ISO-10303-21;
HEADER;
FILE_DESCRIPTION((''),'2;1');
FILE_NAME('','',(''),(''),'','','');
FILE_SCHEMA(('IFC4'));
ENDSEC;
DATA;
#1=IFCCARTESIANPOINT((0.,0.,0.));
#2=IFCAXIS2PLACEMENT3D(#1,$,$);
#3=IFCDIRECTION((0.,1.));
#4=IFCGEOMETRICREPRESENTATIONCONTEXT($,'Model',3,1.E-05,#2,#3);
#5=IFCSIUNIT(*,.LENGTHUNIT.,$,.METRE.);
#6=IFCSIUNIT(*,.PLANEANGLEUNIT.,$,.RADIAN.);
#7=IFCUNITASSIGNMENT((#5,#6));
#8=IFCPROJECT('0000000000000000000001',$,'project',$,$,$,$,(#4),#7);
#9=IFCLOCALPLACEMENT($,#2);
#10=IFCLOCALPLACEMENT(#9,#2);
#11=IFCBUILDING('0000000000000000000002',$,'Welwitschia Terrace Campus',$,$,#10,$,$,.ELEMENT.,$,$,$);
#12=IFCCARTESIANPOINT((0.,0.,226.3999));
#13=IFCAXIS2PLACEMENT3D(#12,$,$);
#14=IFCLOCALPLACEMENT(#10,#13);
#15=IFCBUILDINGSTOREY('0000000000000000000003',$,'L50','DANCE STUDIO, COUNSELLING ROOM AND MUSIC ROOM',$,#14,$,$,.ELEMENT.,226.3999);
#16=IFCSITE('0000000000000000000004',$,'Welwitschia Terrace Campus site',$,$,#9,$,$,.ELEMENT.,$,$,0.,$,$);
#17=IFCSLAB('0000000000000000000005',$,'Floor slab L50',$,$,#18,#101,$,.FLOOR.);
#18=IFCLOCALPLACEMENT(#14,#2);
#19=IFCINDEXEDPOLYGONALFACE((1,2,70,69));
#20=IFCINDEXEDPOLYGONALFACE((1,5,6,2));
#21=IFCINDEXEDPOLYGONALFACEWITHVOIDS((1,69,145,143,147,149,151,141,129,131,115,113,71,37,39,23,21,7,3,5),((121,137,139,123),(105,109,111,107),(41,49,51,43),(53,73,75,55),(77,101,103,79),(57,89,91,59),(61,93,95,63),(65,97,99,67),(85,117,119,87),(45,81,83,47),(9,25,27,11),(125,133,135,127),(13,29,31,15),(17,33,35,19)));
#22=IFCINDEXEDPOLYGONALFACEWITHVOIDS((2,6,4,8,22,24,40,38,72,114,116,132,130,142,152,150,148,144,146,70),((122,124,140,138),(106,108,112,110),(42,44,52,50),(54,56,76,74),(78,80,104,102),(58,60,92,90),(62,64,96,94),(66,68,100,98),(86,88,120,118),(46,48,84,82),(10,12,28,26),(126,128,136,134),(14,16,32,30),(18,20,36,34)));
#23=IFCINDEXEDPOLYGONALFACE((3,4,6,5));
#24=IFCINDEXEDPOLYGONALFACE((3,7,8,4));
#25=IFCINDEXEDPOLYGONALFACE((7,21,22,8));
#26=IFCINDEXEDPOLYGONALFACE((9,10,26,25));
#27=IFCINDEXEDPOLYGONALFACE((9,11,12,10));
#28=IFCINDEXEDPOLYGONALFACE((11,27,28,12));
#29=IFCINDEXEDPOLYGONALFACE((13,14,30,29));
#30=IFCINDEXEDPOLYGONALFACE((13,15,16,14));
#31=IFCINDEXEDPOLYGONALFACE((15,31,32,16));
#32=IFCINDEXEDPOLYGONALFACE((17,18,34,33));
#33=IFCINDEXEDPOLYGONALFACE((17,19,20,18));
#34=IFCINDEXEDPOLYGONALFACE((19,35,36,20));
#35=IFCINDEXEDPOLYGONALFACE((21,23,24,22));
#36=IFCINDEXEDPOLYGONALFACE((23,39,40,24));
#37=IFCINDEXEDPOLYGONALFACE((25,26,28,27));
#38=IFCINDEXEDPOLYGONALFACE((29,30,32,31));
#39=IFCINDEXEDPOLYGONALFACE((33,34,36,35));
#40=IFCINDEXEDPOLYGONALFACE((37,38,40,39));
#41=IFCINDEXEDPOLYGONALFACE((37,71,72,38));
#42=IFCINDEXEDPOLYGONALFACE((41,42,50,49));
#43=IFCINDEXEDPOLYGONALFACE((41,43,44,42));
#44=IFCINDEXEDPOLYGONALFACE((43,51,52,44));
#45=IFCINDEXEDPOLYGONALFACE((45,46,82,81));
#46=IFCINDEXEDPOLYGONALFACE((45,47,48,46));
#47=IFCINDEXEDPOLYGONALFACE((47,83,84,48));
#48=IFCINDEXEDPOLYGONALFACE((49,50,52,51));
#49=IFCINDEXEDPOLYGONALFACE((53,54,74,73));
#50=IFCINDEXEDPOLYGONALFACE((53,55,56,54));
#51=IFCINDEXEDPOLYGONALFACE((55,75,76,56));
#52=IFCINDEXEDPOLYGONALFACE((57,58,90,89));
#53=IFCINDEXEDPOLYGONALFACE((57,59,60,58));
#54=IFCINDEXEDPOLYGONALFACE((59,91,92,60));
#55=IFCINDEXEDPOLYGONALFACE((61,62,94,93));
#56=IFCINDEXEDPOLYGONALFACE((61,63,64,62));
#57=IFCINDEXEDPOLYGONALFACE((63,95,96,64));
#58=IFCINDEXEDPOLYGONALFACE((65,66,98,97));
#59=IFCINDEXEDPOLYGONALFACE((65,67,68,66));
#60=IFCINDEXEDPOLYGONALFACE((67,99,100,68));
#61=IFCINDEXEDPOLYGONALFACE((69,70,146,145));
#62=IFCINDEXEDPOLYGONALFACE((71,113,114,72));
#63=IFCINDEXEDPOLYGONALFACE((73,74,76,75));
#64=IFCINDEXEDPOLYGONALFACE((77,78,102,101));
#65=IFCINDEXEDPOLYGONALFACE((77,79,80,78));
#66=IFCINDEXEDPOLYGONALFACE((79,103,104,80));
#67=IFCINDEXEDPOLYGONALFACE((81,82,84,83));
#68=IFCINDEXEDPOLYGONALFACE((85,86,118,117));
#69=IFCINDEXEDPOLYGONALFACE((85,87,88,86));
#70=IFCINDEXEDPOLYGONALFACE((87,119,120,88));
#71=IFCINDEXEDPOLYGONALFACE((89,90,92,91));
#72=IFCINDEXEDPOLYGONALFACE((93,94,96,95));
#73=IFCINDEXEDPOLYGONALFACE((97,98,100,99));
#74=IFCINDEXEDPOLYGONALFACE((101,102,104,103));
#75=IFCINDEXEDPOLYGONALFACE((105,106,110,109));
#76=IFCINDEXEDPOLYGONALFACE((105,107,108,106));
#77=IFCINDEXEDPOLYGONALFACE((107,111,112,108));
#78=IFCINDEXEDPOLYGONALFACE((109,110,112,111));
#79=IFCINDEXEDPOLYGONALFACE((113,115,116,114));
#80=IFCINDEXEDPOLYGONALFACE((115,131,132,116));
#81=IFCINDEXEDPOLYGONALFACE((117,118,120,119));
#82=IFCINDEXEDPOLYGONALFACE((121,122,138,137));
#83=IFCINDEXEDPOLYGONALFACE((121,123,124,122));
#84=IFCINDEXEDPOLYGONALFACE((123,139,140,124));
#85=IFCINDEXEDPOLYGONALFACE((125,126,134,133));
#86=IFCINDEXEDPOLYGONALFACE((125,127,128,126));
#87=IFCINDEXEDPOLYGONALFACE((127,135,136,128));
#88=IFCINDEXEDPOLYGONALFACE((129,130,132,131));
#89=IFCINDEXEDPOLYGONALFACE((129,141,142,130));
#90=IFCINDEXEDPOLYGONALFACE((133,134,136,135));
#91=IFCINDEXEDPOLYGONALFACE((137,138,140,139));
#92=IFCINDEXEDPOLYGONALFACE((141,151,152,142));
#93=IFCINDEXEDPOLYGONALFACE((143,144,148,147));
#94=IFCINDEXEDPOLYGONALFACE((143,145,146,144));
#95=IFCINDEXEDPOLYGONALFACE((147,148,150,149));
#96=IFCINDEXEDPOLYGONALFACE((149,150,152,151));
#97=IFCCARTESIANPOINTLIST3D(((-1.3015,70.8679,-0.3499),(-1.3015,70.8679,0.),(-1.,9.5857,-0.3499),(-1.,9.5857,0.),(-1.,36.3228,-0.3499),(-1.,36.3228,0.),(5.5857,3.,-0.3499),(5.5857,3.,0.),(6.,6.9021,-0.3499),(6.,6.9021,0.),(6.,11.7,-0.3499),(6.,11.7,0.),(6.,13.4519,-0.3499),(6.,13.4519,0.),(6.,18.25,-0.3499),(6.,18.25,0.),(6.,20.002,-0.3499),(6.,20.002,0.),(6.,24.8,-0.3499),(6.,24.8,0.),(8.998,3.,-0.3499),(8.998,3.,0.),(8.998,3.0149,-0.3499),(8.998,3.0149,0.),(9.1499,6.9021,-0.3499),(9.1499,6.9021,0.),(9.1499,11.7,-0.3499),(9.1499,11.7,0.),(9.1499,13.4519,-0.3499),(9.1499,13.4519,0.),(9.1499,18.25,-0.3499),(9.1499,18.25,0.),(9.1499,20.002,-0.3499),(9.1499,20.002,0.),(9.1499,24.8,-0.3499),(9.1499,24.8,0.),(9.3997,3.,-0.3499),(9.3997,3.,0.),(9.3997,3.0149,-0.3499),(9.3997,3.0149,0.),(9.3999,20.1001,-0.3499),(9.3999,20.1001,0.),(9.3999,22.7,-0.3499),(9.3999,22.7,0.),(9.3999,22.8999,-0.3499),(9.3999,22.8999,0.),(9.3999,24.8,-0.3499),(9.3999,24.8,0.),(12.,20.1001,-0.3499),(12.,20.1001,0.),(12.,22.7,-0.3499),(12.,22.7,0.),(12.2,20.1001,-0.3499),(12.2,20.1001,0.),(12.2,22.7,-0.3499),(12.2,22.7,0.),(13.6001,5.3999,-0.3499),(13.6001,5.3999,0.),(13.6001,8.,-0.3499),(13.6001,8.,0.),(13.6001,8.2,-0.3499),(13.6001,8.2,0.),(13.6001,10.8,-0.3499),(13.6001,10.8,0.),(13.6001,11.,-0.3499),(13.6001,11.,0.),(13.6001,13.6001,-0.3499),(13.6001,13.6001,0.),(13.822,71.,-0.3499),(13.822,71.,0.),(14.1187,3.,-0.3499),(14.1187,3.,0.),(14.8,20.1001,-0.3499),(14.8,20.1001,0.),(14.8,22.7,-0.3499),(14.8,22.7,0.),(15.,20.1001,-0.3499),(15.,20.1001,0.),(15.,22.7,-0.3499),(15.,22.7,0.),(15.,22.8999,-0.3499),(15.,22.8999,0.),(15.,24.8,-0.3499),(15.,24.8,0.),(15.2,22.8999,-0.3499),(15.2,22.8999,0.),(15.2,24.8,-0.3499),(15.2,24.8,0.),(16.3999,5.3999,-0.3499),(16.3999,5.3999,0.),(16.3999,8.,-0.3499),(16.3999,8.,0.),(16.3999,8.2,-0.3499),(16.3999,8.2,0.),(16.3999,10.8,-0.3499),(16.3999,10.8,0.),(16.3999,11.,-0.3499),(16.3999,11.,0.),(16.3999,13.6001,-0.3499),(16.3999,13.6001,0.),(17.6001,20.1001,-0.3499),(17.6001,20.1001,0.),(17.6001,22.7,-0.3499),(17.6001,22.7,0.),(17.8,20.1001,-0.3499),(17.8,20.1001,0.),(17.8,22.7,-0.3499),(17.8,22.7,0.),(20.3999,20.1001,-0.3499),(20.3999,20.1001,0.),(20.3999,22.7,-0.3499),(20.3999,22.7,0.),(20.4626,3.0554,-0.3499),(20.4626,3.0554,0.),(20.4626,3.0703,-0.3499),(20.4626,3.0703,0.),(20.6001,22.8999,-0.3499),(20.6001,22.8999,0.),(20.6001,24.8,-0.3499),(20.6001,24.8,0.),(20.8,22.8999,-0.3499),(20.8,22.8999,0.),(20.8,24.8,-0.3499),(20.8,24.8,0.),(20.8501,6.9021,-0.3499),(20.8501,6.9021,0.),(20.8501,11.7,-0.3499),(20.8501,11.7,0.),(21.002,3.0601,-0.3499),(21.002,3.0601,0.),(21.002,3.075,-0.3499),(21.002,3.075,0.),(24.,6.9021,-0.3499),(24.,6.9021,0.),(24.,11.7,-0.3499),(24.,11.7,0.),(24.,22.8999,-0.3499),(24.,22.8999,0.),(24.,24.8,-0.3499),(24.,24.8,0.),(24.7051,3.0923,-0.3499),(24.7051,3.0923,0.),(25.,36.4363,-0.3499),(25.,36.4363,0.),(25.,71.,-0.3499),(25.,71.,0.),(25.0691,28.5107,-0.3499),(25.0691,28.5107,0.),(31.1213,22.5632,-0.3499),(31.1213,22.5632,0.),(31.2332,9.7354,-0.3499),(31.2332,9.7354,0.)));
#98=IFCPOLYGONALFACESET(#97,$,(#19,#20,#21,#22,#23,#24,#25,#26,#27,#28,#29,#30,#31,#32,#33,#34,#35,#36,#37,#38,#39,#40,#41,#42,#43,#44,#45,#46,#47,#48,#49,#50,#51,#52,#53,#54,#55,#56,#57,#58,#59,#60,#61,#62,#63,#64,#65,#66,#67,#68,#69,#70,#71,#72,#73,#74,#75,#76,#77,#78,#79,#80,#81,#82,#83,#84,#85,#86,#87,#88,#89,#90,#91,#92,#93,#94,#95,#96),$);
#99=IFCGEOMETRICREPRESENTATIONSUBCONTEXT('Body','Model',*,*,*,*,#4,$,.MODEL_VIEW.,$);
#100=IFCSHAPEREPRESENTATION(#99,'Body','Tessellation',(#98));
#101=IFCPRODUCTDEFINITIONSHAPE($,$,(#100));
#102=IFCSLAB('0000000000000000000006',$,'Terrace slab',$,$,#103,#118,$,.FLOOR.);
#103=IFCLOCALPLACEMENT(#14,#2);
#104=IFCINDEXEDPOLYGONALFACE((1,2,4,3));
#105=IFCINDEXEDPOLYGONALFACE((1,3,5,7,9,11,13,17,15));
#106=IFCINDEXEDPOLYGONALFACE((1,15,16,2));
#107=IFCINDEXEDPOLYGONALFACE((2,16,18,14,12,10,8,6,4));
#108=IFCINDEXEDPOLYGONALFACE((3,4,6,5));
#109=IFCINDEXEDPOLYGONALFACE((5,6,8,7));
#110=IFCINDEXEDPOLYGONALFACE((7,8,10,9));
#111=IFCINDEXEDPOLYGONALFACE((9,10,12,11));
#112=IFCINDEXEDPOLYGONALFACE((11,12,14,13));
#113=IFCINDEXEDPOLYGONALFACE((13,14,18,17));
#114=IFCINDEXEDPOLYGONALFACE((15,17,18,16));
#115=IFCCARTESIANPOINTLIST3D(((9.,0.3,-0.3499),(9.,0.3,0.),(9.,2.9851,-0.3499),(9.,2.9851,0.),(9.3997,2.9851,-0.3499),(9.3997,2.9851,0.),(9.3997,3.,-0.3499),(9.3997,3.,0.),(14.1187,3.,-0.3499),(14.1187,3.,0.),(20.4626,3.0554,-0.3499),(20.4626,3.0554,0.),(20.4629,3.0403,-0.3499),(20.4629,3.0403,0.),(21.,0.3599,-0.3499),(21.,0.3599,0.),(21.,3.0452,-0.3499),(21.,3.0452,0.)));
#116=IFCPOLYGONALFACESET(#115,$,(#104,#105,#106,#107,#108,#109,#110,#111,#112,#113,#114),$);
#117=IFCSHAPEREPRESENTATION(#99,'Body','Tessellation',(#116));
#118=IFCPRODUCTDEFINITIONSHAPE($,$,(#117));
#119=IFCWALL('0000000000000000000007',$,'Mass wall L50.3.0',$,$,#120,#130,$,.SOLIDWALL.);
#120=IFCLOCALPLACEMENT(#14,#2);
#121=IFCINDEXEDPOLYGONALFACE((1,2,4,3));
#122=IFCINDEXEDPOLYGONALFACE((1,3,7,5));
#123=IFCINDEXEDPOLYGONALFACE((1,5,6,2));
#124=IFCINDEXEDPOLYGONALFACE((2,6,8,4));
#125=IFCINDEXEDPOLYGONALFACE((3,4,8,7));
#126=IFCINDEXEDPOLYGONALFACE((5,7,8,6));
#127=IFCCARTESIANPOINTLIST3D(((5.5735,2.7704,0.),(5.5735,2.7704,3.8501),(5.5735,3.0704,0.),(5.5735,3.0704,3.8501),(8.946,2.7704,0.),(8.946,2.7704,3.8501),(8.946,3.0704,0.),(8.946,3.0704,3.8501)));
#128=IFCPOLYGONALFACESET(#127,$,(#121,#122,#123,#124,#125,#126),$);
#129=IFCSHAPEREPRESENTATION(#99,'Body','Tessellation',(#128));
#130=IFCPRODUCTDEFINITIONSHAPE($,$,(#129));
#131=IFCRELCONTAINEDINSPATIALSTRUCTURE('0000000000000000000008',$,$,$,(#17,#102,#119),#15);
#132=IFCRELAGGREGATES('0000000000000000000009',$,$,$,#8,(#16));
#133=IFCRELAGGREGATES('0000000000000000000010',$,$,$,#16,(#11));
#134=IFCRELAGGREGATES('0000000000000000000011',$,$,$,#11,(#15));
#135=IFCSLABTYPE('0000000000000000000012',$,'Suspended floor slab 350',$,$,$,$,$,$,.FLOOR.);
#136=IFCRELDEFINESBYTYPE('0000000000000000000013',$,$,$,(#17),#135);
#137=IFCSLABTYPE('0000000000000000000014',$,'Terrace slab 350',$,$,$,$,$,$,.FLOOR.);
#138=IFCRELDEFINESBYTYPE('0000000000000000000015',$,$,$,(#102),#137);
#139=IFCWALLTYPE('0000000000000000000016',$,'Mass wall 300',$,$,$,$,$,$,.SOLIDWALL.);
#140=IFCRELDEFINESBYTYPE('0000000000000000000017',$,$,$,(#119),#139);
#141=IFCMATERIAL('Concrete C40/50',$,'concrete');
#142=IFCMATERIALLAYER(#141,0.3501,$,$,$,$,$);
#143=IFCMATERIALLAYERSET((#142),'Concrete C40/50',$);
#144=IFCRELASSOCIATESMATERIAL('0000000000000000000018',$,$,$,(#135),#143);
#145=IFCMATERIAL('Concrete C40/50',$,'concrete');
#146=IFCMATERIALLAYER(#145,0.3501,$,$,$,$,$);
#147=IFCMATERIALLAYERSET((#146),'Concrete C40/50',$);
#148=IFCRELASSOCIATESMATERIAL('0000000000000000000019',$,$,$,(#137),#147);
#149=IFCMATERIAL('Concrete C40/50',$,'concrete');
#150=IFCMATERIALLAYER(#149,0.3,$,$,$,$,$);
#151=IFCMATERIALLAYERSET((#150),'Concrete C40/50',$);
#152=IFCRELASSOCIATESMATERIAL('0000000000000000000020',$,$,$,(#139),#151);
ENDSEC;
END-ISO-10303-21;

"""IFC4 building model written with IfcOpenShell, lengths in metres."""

from ifc_helpers import new_model, si_unit, direction, frame, frame_2d, origin, place, context, subcontext, project, spatial, polyline, rectangle, outline, extrude, material, layer, layer_set, type_object, element, save


model = new_model("IFC4")

# Units and contexts
model_context = context("Model", 3, precision=1e-05, world=origin(), true_north=direction((0.0, 1.0)))
body_context = subcontext(model_context, "Body", "Model", "MODEL_VIEW")
ifc_project = project(units=[si_unit("LENGTHUNIT", "METRE"), si_unit("PLANEANGLEUNIT", "RADIAN")], contexts=[model_context])

# Site, building, storey
site_placement = place(None, origin())
site = spatial("IfcSite", under=ifc_project, at=site_placement, Name="Welwitschia Terrace Campus site", CompositionType="ELEMENT", RefElevation=0.0)
building_placement = place(site_placement, origin())
building = spatial("IfcBuilding", under=site, at=building_placement, Name="Welwitschia Terrace Campus", CompositionType="ELEMENT")
storey_placement = place(building_placement, frame((0.0, 0.0, 226.3999)))
storey = spatial("IfcBuildingStorey", under=building, at=storey_placement, Name="L50", Description="DANCE STUDIO, COUNSELLING ROOM AND MUSIC ROOM", CompositionType="ELEMENT", Elevation=226.3999)

# Slabs
ifc_material_1 = material(Name="Concrete C40/50", Category="concrete")
ifc_layer_1 = layer(ifc_material_1, 0.3501)
ifc_layer_set_1 = layer_set([ifc_layer_1], Name="Concrete C40/50")
slab_type_1 = type_object("IfcSlabType", Name="Suspended floor slab 350", PredefinedType="FLOOR", material=ifc_layer_set_1)
slab_1_placement = place(storey_placement, frame((0.0, 0.0, -0.3499)))
element("IfcSlab", 1, at=slab_1_placement, inside=storey, type_object=slab_type_1, Name="Floor slab L50", PredefinedType="FLOOR", context=body_context, shape_type="SweptSolid", body=[
    extrude(outline(polyline([(25.0, 71.0), (25.0, 36.4363), (25.0691, 28.5107), (31.1213, 22.5632), (31.2332, 9.7354), (24.7051, 3.0923), (21.002, 3.0601), (21.002, 3.075), (20.4626, 3.0703), (20.4626, 3.0554), (14.1187, 3.0), (9.3997, 3.0), (9.3997, 3.0149), (8.998, 3.0149), (8.998, 3.0), (5.5857, 3.0), (-1.0, 9.5857), (-1.0, 36.3228), (-1.3015, 70.8679), (13.822, 71.0), (25.0, 71.0)]), holes=[polyline([(13.6001, 5.3999), (16.3999, 5.3999), (16.3999, 8.0), (13.6001, 8.0), (13.6001, 5.3999)]), polyline([(6.0, 11.7), (6.0, 6.9021), (9.1499, 6.9021), (9.1499, 11.7), (6.0, 11.7)]), polyline([(6.0, 18.25), (6.0, 13.4519), (9.1499, 13.4519), (9.1499, 18.25), (6.0, 18.25)]), polyline([(9.3999, 22.7), (9.3999, 20.1001), (12.0, 20.1001), (12.0, 22.7), (9.3999, 22.7)]), polyline([(12.2, 22.7), (12.2, 20.1001), (14.8, 20.1001), (14.8, 22.7), (12.2, 22.7)]), polyline([(6.0, 24.8), (6.0, 20.002), (9.1499, 20.002), (9.1499, 24.8), (6.0, 24.8)]), polyline([(9.3999, 24.8), (9.3999, 22.8999), (15.0, 22.8999), (15.0, 24.8), (9.3999, 24.8)]), polyline([(20.8501, 6.9021), (24.0, 6.9021), (24.0, 11.7), (20.8501, 11.7), (20.8501, 6.9021)]), polyline([(13.6001, 10.8), (13.6001, 8.2), (16.3999, 8.2), (16.3999, 10.8), (13.6001, 10.8)]), polyline([(13.6001, 13.6001), (13.6001, 11.0), (16.3999, 11.0), (16.3999, 13.6001), (13.6001, 13.6001)]), polyline([(15.0, 22.7), (15.0, 20.1001), (17.6001, 20.1001), (17.6001, 22.7), (15.0, 22.7)]), polyline([(17.8, 22.7), (17.8, 20.1001), (20.3999, 20.1001), (20.3999, 22.7), (17.8, 22.7)]), polyline([(15.2, 24.8), (15.2, 22.8999), (20.6001, 22.8999), (20.6001, 24.8), (15.2, 24.8)]), polyline([(20.8, 24.8), (20.8, 22.8999), (24.0, 22.8999), (24.0, 24.8), (20.8, 24.8)])]), origin(), (0.0, 0.0, 1.0), 0.3499),
])
ifc_material_2 = material(Name="Concrete C40/50", Category="concrete")
ifc_layer_2 = layer(ifc_material_2, 0.3501)
ifc_layer_set_2 = layer_set([ifc_layer_2], Name="Concrete C40/50")
slab_type_2 = type_object("IfcSlabType", Name="Terrace slab 350", PredefinedType="FLOOR", material=ifc_layer_set_2)
slab_2_placement = place(storey_placement, frame((0.0, 0.0, -0.3499)))
element("IfcSlab", 2, at=slab_2_placement, inside=storey, type_object=slab_type_2, Name="Terrace slab", PredefinedType="FLOOR", context=body_context, shape_type="SweptSolid", body=[
    extrude(outline(polyline([(9.0, 0.3), (9.0, 2.9851), (9.3997, 2.9851), (9.3997, 3.0), (14.1187, 3.0), (20.4626, 3.0554), (20.4629, 3.0403), (21.0, 3.0452), (21.0, 0.3599), (9.0, 0.3)])), origin(), (0.0, 0.0, 1.0), 0.3499),
])

# Wall
ifc_material_3 = material(Name="Concrete C40/50", Category="concrete")
ifc_layer_3 = layer(ifc_material_3, 0.3)
ifc_layer_set_3 = layer_set([ifc_layer_3], Name="Concrete C40/50")
wall_type = type_object("IfcWallType", Name="Mass wall 300", PredefinedType="SOLIDWALL", material=ifc_layer_set_3)
wall_placement = place(storey_placement, frame((5.5735, 2.9204, 0.0), z_axis=(0.0, 0.0, 1.0), x_axis=(1.0, 0.0, 0.0)))
element("IfcWall", 3, at=wall_placement, inside=storey, type_object=wall_type, Name="Mass wall L50.3.0", PredefinedType="SOLIDWALL", context=body_context, shape_type="SweptSolid", body=[
    extrude(rectangle(XDim=3.3726, YDim=0.3, at=frame_2d((1.6863, 0.0))), origin(), (0.0, 0.0, 1.0), 3.8501),
])

save(model, "model.ifc")
